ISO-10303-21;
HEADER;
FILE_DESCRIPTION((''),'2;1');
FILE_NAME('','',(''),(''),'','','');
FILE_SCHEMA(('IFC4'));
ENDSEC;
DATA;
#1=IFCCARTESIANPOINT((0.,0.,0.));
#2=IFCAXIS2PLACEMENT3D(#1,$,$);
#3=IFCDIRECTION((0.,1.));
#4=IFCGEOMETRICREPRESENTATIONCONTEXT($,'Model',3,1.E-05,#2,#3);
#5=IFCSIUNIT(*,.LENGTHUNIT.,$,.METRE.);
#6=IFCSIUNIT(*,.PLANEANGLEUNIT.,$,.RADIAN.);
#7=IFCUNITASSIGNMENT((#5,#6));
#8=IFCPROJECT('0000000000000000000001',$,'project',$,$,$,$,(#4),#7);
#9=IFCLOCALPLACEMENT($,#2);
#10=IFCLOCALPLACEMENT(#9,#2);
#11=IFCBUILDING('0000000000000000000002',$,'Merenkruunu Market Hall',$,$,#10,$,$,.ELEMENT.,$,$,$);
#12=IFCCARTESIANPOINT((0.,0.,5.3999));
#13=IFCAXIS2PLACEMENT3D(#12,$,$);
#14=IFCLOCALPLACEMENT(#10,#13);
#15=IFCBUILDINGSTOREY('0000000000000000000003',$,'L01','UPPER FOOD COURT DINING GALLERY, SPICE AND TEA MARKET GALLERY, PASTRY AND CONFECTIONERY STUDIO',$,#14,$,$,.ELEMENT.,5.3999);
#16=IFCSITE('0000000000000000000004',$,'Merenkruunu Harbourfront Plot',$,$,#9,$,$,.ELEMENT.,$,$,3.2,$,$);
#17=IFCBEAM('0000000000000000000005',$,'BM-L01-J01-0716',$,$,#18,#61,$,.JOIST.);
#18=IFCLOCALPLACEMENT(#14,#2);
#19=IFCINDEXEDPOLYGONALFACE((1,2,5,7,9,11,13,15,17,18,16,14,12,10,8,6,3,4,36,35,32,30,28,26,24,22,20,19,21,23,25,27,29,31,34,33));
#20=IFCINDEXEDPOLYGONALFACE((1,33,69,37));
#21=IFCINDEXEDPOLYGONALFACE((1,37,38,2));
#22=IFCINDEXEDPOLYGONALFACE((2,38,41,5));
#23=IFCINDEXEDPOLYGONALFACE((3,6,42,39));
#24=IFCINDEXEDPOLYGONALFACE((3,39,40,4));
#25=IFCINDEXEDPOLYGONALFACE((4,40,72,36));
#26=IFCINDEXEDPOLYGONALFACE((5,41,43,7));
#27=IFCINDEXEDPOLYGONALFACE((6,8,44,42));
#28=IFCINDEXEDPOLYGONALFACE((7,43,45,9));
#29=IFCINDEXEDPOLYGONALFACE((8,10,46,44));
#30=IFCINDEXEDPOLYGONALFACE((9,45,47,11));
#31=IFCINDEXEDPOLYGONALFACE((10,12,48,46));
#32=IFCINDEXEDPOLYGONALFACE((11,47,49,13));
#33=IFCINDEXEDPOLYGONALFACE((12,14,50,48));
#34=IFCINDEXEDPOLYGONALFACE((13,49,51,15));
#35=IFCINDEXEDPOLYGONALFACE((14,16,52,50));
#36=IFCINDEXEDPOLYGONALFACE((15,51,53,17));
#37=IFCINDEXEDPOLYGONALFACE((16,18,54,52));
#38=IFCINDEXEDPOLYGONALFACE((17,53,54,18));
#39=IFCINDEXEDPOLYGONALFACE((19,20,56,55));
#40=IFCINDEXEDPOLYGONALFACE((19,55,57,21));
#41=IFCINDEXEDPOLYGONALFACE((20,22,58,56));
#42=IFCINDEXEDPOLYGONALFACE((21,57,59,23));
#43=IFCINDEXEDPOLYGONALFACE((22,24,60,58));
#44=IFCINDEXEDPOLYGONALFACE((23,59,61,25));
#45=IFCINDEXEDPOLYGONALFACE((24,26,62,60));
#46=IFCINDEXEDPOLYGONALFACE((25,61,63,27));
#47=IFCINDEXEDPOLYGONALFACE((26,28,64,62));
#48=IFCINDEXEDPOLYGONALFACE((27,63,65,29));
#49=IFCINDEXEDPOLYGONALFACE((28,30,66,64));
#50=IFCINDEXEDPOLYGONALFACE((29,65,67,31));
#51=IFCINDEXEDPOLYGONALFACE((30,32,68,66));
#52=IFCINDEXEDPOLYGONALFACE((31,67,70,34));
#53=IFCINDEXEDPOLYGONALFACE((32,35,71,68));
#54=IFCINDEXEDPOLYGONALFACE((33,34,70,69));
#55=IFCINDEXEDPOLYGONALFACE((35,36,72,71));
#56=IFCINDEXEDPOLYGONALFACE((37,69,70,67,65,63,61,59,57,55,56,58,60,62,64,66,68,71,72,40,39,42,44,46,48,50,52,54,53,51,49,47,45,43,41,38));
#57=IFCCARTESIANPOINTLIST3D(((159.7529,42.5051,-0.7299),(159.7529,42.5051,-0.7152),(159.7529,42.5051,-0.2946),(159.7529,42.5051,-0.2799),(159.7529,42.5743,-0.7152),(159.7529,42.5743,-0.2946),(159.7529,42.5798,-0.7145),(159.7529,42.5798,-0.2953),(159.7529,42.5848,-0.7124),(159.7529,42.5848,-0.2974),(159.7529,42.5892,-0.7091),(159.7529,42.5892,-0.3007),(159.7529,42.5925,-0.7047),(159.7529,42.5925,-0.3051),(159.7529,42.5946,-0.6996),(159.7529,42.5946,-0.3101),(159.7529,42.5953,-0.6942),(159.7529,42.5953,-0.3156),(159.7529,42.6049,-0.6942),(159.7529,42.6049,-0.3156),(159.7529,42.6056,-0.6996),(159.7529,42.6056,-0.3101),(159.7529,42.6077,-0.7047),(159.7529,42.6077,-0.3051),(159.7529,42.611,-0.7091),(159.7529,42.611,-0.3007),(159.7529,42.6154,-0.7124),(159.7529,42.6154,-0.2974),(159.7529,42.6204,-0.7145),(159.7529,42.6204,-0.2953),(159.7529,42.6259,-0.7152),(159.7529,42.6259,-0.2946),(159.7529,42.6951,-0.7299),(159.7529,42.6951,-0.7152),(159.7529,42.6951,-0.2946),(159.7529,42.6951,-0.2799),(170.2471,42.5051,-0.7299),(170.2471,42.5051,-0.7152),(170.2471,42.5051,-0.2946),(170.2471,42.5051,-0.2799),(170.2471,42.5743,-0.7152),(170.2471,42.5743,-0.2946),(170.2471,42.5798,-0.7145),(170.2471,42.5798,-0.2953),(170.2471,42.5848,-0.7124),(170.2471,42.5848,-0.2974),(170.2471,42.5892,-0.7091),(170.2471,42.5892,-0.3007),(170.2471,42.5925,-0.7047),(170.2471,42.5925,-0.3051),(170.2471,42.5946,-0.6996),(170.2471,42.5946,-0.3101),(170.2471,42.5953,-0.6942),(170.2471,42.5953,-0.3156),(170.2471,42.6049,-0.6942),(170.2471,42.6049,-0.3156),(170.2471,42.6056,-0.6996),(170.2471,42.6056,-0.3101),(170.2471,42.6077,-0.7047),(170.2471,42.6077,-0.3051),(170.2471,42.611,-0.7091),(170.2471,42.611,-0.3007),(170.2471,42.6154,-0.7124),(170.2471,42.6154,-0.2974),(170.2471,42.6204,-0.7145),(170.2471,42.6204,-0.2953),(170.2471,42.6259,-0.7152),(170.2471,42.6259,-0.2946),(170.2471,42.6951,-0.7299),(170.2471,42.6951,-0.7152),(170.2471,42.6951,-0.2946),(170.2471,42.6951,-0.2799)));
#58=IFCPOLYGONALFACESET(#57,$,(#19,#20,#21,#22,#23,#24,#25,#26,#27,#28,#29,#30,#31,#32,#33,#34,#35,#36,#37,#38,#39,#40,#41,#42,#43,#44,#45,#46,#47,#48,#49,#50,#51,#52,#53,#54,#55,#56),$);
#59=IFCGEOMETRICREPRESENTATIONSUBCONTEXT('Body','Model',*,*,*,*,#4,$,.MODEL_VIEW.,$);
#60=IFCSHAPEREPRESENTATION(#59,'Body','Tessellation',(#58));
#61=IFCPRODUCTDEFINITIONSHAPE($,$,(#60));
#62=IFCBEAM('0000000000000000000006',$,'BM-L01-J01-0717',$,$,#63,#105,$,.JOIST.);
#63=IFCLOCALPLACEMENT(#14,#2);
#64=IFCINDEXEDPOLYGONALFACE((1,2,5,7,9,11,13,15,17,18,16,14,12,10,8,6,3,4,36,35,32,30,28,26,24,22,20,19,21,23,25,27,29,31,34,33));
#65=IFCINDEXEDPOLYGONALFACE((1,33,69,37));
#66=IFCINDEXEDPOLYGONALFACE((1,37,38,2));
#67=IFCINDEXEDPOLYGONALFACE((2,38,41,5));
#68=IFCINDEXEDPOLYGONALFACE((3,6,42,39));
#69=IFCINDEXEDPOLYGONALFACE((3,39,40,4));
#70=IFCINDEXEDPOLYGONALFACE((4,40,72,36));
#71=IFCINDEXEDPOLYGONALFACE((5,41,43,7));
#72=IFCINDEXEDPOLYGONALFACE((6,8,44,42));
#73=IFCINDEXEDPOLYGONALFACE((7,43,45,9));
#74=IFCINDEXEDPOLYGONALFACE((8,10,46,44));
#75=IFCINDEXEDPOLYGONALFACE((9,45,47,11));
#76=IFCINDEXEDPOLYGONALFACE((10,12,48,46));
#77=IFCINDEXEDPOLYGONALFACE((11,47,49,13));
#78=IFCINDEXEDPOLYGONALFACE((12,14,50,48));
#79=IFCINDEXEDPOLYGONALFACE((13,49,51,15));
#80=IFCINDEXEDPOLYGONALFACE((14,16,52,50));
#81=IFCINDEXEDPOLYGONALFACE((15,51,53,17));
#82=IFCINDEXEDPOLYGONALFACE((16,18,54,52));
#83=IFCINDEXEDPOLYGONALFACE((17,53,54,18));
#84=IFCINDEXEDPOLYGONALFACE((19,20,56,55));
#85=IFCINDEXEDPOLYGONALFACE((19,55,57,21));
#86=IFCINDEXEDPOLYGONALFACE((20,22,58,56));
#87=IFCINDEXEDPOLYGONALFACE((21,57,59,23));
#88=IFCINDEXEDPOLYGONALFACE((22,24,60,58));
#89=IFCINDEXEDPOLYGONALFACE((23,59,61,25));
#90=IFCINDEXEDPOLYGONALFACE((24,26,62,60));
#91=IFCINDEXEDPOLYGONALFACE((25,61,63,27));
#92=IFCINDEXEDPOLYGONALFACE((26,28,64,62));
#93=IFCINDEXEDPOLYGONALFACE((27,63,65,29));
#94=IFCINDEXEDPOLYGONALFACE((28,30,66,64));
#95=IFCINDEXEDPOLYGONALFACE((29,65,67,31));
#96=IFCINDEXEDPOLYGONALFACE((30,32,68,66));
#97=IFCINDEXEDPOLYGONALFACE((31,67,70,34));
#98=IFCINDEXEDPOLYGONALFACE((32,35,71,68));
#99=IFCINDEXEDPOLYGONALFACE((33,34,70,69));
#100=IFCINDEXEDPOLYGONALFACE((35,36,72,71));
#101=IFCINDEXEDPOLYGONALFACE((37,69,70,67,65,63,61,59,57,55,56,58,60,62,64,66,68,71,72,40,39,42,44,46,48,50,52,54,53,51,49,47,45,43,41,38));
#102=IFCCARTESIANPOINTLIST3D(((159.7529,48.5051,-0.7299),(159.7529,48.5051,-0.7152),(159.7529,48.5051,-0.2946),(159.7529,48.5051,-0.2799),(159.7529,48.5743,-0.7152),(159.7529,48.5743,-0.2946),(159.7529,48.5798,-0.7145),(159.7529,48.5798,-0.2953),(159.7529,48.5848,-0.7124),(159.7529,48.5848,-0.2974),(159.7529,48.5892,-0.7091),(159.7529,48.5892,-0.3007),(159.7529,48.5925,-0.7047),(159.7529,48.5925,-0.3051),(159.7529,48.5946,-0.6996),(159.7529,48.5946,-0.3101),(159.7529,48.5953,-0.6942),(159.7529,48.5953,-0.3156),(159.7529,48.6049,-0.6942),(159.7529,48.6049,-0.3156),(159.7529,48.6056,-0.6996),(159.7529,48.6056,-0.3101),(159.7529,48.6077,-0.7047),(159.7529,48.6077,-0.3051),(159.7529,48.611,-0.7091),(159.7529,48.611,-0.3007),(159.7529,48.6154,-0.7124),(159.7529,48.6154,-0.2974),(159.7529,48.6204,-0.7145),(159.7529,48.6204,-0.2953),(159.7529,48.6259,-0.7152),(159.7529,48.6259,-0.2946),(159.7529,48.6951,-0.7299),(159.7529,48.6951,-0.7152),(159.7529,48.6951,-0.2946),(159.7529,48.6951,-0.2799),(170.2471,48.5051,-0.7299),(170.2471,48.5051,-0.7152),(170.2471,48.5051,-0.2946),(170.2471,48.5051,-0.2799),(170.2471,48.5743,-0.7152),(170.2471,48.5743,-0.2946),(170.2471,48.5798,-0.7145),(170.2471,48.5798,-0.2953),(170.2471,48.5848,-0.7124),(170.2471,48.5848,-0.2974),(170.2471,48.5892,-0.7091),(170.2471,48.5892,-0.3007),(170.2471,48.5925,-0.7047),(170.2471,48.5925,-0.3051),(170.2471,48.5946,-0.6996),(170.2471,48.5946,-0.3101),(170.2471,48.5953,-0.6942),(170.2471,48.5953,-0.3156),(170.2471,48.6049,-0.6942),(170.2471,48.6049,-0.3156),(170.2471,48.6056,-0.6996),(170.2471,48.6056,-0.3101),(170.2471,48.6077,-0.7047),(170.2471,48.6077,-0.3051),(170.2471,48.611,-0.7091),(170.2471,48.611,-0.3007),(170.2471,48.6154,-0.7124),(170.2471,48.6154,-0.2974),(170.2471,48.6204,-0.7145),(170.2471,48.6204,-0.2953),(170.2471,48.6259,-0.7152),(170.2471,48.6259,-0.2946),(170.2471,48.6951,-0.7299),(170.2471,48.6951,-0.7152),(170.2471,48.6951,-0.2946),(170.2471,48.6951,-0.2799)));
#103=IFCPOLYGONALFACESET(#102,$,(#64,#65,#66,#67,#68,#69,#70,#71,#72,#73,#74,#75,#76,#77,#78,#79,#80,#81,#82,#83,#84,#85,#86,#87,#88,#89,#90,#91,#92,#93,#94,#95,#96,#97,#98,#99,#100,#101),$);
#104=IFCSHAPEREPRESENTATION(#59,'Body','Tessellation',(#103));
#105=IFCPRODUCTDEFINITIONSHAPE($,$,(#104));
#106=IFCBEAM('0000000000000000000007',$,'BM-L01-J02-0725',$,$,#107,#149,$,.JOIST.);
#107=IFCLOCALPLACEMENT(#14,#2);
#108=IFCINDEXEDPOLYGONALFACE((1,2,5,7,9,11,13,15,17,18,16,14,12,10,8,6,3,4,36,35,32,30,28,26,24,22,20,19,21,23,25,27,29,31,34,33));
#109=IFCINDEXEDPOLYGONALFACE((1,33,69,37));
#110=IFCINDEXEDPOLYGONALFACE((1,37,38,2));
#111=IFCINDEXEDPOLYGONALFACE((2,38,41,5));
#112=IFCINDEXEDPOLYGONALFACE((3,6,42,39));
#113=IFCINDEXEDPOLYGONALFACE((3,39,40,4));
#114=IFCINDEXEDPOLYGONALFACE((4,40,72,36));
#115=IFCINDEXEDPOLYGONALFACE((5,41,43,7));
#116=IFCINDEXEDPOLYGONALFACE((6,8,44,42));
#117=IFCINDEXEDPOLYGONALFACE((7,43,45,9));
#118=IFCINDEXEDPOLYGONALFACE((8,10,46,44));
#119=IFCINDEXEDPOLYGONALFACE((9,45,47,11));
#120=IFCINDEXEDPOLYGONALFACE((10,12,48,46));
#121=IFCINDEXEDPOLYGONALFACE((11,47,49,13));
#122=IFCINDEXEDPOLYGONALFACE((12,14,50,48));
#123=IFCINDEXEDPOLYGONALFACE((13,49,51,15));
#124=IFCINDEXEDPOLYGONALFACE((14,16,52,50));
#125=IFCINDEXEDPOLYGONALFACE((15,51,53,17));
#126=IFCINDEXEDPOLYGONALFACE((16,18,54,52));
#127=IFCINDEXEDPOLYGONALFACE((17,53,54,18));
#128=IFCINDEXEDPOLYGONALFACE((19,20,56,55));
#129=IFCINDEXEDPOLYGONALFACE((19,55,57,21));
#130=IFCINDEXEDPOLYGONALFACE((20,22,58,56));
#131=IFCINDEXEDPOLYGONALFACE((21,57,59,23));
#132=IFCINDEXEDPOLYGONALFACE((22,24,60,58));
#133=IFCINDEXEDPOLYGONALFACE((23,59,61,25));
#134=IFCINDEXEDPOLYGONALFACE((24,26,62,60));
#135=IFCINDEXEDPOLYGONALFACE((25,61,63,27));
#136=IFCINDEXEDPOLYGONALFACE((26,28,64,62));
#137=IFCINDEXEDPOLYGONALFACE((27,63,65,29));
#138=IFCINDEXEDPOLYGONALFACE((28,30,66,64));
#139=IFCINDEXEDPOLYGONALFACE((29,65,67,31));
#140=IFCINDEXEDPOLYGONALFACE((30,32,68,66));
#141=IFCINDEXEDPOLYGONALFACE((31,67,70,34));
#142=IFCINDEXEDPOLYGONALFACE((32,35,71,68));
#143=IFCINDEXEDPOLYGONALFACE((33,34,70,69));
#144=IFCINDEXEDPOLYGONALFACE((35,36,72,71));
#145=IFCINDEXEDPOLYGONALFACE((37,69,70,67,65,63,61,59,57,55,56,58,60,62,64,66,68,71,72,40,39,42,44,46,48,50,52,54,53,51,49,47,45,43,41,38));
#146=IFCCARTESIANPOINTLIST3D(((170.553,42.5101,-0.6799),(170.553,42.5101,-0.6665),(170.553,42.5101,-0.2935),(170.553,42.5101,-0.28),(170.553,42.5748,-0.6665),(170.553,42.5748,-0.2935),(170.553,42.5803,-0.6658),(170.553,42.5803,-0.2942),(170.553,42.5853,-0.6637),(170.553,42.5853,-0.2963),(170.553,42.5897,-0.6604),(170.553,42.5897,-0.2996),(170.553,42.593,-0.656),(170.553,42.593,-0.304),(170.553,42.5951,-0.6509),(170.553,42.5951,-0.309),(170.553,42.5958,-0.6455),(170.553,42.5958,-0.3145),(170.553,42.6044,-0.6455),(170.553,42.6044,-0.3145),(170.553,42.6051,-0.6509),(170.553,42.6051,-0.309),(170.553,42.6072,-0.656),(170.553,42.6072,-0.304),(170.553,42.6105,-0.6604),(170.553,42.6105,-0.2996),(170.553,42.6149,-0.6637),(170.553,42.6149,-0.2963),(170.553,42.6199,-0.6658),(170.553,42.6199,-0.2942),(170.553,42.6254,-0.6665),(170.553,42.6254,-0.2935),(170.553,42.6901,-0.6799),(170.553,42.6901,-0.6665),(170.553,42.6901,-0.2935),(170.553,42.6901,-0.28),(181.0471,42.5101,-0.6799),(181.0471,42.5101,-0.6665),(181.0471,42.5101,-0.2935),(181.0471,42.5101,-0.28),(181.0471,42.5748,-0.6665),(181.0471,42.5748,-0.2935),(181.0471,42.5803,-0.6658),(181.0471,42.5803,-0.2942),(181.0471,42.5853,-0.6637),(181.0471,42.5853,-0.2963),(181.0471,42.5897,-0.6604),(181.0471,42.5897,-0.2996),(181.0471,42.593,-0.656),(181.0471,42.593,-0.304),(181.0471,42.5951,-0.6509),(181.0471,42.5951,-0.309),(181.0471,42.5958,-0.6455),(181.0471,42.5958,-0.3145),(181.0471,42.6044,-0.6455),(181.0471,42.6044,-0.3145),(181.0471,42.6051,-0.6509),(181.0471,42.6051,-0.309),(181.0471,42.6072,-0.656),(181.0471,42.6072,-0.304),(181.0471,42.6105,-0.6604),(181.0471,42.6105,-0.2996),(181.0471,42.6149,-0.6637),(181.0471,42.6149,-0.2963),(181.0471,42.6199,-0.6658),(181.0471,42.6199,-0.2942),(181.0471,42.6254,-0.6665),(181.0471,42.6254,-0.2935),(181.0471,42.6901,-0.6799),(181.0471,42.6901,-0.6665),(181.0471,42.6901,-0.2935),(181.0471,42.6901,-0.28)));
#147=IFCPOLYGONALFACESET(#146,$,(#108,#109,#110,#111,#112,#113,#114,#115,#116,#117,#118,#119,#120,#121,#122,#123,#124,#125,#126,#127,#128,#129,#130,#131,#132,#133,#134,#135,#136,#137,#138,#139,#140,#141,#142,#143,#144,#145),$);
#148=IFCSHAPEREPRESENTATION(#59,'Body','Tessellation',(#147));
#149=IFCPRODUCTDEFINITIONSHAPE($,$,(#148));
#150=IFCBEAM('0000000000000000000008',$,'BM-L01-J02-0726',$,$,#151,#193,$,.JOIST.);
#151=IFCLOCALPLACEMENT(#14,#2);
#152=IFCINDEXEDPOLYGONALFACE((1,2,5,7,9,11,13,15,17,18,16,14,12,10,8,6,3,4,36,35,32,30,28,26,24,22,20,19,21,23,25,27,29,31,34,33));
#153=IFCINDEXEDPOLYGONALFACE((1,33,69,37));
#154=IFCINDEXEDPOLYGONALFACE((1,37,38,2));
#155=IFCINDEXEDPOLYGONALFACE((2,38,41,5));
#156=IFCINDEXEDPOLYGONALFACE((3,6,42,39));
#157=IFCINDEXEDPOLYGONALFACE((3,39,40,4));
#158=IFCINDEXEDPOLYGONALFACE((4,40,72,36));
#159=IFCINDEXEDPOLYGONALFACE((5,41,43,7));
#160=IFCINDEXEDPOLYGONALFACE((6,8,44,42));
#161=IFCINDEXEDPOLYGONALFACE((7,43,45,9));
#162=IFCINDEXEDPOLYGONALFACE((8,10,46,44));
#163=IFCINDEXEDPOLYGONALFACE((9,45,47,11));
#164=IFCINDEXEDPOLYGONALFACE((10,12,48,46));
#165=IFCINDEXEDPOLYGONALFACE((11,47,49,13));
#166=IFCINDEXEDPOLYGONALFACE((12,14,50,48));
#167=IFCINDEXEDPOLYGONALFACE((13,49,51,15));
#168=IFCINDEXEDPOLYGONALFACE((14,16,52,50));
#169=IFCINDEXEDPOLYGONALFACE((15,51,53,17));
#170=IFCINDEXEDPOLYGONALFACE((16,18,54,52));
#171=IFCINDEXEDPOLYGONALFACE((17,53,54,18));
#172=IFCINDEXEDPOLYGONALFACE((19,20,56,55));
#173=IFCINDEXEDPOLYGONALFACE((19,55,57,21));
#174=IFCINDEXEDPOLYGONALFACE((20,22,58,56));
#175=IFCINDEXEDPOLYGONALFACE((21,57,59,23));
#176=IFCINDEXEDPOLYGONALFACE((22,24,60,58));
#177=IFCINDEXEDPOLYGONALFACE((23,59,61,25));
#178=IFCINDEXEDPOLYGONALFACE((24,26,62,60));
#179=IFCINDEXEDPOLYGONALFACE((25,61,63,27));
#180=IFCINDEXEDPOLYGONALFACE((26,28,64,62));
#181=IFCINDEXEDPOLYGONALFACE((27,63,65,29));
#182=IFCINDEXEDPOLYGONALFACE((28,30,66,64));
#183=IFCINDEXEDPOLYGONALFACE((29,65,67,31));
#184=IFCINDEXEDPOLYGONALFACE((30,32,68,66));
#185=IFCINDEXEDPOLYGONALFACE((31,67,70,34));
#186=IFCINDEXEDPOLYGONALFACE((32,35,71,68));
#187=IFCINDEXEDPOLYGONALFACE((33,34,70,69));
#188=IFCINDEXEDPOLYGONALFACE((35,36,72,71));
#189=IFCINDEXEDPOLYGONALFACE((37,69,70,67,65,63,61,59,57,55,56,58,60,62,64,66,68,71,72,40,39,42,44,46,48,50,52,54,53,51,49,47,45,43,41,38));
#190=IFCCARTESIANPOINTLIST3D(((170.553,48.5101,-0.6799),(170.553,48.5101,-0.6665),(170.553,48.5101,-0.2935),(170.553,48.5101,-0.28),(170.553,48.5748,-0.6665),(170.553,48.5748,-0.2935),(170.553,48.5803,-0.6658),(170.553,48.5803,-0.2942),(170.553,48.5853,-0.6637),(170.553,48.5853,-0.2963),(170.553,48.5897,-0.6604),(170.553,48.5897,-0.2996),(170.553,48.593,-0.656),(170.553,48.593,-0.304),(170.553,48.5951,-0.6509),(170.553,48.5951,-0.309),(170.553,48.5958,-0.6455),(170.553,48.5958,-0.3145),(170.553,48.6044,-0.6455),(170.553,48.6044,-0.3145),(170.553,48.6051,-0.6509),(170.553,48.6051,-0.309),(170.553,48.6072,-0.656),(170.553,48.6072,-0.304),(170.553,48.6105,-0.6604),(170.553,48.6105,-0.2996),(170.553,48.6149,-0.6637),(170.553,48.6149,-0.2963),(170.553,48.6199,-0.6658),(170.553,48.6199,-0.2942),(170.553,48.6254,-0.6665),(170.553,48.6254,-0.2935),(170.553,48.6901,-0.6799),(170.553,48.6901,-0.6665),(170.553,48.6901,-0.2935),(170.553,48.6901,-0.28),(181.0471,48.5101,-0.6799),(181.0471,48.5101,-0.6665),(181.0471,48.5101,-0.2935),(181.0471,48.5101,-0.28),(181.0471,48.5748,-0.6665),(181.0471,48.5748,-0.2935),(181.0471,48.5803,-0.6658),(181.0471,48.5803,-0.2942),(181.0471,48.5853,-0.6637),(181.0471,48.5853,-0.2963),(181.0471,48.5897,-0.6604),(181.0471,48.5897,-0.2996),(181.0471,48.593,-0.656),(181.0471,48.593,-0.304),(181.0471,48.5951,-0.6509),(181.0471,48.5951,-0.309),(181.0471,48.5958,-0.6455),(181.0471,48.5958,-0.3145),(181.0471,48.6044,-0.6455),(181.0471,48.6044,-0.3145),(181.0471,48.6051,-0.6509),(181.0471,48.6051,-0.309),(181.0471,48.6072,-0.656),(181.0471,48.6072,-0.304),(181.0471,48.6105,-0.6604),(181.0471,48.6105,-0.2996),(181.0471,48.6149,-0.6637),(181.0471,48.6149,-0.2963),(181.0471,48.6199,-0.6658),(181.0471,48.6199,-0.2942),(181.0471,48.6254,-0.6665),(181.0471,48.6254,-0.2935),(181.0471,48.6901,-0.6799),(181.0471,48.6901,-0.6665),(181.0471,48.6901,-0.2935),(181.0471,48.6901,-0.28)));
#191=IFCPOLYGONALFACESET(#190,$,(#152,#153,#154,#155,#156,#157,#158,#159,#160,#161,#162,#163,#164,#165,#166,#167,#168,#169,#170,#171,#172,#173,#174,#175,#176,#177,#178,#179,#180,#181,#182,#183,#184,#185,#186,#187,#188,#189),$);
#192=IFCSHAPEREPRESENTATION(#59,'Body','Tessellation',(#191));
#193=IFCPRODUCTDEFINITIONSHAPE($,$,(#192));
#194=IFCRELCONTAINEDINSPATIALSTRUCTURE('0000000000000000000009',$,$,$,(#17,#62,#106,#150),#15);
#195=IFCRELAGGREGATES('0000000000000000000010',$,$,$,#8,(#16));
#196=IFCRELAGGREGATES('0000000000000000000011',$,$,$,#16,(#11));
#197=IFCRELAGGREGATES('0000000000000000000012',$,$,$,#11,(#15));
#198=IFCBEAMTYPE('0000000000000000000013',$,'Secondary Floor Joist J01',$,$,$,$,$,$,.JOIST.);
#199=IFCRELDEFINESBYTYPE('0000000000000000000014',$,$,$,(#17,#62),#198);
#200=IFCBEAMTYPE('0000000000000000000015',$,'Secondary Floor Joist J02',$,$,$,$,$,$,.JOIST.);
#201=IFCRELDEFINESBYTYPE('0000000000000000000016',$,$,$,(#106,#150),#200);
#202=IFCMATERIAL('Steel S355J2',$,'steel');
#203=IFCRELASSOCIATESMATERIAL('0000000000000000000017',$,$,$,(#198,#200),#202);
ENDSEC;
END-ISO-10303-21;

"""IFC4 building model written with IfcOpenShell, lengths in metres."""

from ifc_helpers import new_model, si_unit, direction, frame, origin, origin_2d, place, context, subcontext, project, spatial, i_section, extrude, material, material_profile, profile_set, type_object, element, save


model = new_model("IFC4")

# Units and contexts
model_context = context("Model", 3, precision=1e-05, world=origin(), true_north=direction((0.0, 1.0)))
body_context = subcontext(model_context, "Body", "Model", "MODEL_VIEW")
ifc_project = project(units=[si_unit("LENGTHUNIT", "METRE"), si_unit("PLANEANGLEUNIT", "RADIAN")], contexts=[model_context])

# Site, building, storey
site_placement = place(None, origin())
site = spatial("IfcSite", under=ifc_project, at=site_placement, Name="Merenkruunu Harbourfront Plot", CompositionType="ELEMENT", RefElevation=3.2)
building_placement = place(site_placement, origin())
building = spatial("IfcBuilding", under=site, at=building_placement, Name="Merenkruunu Market Hall", CompositionType="ELEMENT")
storey_placement = place(building_placement, frame((0.0, 0.0, 5.3999)))
storey = spatial("IfcBuildingStorey", under=building, at=storey_placement, Name="L01", Description="UPPER FOOD COURT DINING GALLERY, SPICE AND TEA MARKET GALLERY, PASTRY AND CONFECTIONERY STUDIO", CompositionType="ELEMENT", Elevation=5.3999)

# Shared definitions
ifc_material_1 = material(Name="Steel S355J2", Category="steel")

# Beams
ifc_material_profile_1 = material_profile(ifc_material_1, i_section(OverallWidth=0.1899, OverallDepth=0.45, WebThickness=0.0095, FlangeThickness=0.0146, FilletRadius=0.021, at=origin_2d()), Name="IPE 450")
ifc_profile_set_1 = profile_set([ifc_material_profile_1], Name="Steel S355J2")
beam_type_1 = type_object("IfcBeamType", Name="Secondary Floor Joist J01", PredefinedType="JOIST", material=ifc_profile_set_1)
for number, where, z_axis, x_axis, name in (
    (1, (159.7529, 42.6001, -0.5049), (1.0, 0.0, 0.0), (0.0, 1.0, 0.0), "BM-L01-J01-0716"),
    (2, (159.7529, 48.6001, -0.5049), (1.0, 0.0, 0.0), (0.0, 1.0, 0.0), "BM-L01-J01-0717"),
):
    element("IfcBeam", number, at=place(storey_placement, frame(where, z_axis=z_axis, x_axis=x_axis)), inside=storey, type_object=beam_type_1, Name=name, PredefinedType="JOIST", context=body_context, shape_type="SweptSolid", body=[
        extrude(i_section(OverallWidth=0.1899, OverallDepth=0.45, WebThickness=0.0095, FlangeThickness=0.0146, FilletRadius=0.021, at=origin_2d()), origin(), (0.0, 0.0, 1.0), 10.4941),
    ])
ifc_material_profile_2 = material_profile(ifc_material_1, i_section(OverallWidth=0.1799, OverallDepth=0.3999, WebThickness=0.0085, FlangeThickness=0.0134, FilletRadius=0.021, at=origin_2d()), Name="IPE 400")
ifc_profile_set_2 = profile_set([ifc_material_profile_2], Name="Steel S355J2")
beam_type_2 = type_object("IfcBeamType", Name="Secondary Floor Joist J02", PredefinedType="JOIST", material=ifc_profile_set_2)
for number, where, z_axis, x_axis, name in (
    (3, (170.553, 42.6001, -0.48), (1.0, 0.0, 0.0), (0.0, 1.0, 0.0), "BM-L01-J02-0725"),
    (4, (170.553, 48.6001, -0.48), (1.0, 0.0, 0.0), (0.0, 1.0, 0.0), "BM-L01-J02-0726"),
):
    element("IfcBeam", number, at=place(storey_placement, frame(where, z_axis=z_axis, x_axis=x_axis)), inside=storey, type_object=beam_type_2, Name=name, PredefinedType="JOIST", context=body_context, shape_type="SweptSolid", body=[
        extrude(i_section(OverallWidth=0.1799, OverallDepth=0.3999, WebThickness=0.0085, FlangeThickness=0.0134, FilletRadius=0.021, at=origin_2d()), origin(), (0.0, 0.0, 1.0), 10.4941),
    ])

save(model, "model.ifc")
